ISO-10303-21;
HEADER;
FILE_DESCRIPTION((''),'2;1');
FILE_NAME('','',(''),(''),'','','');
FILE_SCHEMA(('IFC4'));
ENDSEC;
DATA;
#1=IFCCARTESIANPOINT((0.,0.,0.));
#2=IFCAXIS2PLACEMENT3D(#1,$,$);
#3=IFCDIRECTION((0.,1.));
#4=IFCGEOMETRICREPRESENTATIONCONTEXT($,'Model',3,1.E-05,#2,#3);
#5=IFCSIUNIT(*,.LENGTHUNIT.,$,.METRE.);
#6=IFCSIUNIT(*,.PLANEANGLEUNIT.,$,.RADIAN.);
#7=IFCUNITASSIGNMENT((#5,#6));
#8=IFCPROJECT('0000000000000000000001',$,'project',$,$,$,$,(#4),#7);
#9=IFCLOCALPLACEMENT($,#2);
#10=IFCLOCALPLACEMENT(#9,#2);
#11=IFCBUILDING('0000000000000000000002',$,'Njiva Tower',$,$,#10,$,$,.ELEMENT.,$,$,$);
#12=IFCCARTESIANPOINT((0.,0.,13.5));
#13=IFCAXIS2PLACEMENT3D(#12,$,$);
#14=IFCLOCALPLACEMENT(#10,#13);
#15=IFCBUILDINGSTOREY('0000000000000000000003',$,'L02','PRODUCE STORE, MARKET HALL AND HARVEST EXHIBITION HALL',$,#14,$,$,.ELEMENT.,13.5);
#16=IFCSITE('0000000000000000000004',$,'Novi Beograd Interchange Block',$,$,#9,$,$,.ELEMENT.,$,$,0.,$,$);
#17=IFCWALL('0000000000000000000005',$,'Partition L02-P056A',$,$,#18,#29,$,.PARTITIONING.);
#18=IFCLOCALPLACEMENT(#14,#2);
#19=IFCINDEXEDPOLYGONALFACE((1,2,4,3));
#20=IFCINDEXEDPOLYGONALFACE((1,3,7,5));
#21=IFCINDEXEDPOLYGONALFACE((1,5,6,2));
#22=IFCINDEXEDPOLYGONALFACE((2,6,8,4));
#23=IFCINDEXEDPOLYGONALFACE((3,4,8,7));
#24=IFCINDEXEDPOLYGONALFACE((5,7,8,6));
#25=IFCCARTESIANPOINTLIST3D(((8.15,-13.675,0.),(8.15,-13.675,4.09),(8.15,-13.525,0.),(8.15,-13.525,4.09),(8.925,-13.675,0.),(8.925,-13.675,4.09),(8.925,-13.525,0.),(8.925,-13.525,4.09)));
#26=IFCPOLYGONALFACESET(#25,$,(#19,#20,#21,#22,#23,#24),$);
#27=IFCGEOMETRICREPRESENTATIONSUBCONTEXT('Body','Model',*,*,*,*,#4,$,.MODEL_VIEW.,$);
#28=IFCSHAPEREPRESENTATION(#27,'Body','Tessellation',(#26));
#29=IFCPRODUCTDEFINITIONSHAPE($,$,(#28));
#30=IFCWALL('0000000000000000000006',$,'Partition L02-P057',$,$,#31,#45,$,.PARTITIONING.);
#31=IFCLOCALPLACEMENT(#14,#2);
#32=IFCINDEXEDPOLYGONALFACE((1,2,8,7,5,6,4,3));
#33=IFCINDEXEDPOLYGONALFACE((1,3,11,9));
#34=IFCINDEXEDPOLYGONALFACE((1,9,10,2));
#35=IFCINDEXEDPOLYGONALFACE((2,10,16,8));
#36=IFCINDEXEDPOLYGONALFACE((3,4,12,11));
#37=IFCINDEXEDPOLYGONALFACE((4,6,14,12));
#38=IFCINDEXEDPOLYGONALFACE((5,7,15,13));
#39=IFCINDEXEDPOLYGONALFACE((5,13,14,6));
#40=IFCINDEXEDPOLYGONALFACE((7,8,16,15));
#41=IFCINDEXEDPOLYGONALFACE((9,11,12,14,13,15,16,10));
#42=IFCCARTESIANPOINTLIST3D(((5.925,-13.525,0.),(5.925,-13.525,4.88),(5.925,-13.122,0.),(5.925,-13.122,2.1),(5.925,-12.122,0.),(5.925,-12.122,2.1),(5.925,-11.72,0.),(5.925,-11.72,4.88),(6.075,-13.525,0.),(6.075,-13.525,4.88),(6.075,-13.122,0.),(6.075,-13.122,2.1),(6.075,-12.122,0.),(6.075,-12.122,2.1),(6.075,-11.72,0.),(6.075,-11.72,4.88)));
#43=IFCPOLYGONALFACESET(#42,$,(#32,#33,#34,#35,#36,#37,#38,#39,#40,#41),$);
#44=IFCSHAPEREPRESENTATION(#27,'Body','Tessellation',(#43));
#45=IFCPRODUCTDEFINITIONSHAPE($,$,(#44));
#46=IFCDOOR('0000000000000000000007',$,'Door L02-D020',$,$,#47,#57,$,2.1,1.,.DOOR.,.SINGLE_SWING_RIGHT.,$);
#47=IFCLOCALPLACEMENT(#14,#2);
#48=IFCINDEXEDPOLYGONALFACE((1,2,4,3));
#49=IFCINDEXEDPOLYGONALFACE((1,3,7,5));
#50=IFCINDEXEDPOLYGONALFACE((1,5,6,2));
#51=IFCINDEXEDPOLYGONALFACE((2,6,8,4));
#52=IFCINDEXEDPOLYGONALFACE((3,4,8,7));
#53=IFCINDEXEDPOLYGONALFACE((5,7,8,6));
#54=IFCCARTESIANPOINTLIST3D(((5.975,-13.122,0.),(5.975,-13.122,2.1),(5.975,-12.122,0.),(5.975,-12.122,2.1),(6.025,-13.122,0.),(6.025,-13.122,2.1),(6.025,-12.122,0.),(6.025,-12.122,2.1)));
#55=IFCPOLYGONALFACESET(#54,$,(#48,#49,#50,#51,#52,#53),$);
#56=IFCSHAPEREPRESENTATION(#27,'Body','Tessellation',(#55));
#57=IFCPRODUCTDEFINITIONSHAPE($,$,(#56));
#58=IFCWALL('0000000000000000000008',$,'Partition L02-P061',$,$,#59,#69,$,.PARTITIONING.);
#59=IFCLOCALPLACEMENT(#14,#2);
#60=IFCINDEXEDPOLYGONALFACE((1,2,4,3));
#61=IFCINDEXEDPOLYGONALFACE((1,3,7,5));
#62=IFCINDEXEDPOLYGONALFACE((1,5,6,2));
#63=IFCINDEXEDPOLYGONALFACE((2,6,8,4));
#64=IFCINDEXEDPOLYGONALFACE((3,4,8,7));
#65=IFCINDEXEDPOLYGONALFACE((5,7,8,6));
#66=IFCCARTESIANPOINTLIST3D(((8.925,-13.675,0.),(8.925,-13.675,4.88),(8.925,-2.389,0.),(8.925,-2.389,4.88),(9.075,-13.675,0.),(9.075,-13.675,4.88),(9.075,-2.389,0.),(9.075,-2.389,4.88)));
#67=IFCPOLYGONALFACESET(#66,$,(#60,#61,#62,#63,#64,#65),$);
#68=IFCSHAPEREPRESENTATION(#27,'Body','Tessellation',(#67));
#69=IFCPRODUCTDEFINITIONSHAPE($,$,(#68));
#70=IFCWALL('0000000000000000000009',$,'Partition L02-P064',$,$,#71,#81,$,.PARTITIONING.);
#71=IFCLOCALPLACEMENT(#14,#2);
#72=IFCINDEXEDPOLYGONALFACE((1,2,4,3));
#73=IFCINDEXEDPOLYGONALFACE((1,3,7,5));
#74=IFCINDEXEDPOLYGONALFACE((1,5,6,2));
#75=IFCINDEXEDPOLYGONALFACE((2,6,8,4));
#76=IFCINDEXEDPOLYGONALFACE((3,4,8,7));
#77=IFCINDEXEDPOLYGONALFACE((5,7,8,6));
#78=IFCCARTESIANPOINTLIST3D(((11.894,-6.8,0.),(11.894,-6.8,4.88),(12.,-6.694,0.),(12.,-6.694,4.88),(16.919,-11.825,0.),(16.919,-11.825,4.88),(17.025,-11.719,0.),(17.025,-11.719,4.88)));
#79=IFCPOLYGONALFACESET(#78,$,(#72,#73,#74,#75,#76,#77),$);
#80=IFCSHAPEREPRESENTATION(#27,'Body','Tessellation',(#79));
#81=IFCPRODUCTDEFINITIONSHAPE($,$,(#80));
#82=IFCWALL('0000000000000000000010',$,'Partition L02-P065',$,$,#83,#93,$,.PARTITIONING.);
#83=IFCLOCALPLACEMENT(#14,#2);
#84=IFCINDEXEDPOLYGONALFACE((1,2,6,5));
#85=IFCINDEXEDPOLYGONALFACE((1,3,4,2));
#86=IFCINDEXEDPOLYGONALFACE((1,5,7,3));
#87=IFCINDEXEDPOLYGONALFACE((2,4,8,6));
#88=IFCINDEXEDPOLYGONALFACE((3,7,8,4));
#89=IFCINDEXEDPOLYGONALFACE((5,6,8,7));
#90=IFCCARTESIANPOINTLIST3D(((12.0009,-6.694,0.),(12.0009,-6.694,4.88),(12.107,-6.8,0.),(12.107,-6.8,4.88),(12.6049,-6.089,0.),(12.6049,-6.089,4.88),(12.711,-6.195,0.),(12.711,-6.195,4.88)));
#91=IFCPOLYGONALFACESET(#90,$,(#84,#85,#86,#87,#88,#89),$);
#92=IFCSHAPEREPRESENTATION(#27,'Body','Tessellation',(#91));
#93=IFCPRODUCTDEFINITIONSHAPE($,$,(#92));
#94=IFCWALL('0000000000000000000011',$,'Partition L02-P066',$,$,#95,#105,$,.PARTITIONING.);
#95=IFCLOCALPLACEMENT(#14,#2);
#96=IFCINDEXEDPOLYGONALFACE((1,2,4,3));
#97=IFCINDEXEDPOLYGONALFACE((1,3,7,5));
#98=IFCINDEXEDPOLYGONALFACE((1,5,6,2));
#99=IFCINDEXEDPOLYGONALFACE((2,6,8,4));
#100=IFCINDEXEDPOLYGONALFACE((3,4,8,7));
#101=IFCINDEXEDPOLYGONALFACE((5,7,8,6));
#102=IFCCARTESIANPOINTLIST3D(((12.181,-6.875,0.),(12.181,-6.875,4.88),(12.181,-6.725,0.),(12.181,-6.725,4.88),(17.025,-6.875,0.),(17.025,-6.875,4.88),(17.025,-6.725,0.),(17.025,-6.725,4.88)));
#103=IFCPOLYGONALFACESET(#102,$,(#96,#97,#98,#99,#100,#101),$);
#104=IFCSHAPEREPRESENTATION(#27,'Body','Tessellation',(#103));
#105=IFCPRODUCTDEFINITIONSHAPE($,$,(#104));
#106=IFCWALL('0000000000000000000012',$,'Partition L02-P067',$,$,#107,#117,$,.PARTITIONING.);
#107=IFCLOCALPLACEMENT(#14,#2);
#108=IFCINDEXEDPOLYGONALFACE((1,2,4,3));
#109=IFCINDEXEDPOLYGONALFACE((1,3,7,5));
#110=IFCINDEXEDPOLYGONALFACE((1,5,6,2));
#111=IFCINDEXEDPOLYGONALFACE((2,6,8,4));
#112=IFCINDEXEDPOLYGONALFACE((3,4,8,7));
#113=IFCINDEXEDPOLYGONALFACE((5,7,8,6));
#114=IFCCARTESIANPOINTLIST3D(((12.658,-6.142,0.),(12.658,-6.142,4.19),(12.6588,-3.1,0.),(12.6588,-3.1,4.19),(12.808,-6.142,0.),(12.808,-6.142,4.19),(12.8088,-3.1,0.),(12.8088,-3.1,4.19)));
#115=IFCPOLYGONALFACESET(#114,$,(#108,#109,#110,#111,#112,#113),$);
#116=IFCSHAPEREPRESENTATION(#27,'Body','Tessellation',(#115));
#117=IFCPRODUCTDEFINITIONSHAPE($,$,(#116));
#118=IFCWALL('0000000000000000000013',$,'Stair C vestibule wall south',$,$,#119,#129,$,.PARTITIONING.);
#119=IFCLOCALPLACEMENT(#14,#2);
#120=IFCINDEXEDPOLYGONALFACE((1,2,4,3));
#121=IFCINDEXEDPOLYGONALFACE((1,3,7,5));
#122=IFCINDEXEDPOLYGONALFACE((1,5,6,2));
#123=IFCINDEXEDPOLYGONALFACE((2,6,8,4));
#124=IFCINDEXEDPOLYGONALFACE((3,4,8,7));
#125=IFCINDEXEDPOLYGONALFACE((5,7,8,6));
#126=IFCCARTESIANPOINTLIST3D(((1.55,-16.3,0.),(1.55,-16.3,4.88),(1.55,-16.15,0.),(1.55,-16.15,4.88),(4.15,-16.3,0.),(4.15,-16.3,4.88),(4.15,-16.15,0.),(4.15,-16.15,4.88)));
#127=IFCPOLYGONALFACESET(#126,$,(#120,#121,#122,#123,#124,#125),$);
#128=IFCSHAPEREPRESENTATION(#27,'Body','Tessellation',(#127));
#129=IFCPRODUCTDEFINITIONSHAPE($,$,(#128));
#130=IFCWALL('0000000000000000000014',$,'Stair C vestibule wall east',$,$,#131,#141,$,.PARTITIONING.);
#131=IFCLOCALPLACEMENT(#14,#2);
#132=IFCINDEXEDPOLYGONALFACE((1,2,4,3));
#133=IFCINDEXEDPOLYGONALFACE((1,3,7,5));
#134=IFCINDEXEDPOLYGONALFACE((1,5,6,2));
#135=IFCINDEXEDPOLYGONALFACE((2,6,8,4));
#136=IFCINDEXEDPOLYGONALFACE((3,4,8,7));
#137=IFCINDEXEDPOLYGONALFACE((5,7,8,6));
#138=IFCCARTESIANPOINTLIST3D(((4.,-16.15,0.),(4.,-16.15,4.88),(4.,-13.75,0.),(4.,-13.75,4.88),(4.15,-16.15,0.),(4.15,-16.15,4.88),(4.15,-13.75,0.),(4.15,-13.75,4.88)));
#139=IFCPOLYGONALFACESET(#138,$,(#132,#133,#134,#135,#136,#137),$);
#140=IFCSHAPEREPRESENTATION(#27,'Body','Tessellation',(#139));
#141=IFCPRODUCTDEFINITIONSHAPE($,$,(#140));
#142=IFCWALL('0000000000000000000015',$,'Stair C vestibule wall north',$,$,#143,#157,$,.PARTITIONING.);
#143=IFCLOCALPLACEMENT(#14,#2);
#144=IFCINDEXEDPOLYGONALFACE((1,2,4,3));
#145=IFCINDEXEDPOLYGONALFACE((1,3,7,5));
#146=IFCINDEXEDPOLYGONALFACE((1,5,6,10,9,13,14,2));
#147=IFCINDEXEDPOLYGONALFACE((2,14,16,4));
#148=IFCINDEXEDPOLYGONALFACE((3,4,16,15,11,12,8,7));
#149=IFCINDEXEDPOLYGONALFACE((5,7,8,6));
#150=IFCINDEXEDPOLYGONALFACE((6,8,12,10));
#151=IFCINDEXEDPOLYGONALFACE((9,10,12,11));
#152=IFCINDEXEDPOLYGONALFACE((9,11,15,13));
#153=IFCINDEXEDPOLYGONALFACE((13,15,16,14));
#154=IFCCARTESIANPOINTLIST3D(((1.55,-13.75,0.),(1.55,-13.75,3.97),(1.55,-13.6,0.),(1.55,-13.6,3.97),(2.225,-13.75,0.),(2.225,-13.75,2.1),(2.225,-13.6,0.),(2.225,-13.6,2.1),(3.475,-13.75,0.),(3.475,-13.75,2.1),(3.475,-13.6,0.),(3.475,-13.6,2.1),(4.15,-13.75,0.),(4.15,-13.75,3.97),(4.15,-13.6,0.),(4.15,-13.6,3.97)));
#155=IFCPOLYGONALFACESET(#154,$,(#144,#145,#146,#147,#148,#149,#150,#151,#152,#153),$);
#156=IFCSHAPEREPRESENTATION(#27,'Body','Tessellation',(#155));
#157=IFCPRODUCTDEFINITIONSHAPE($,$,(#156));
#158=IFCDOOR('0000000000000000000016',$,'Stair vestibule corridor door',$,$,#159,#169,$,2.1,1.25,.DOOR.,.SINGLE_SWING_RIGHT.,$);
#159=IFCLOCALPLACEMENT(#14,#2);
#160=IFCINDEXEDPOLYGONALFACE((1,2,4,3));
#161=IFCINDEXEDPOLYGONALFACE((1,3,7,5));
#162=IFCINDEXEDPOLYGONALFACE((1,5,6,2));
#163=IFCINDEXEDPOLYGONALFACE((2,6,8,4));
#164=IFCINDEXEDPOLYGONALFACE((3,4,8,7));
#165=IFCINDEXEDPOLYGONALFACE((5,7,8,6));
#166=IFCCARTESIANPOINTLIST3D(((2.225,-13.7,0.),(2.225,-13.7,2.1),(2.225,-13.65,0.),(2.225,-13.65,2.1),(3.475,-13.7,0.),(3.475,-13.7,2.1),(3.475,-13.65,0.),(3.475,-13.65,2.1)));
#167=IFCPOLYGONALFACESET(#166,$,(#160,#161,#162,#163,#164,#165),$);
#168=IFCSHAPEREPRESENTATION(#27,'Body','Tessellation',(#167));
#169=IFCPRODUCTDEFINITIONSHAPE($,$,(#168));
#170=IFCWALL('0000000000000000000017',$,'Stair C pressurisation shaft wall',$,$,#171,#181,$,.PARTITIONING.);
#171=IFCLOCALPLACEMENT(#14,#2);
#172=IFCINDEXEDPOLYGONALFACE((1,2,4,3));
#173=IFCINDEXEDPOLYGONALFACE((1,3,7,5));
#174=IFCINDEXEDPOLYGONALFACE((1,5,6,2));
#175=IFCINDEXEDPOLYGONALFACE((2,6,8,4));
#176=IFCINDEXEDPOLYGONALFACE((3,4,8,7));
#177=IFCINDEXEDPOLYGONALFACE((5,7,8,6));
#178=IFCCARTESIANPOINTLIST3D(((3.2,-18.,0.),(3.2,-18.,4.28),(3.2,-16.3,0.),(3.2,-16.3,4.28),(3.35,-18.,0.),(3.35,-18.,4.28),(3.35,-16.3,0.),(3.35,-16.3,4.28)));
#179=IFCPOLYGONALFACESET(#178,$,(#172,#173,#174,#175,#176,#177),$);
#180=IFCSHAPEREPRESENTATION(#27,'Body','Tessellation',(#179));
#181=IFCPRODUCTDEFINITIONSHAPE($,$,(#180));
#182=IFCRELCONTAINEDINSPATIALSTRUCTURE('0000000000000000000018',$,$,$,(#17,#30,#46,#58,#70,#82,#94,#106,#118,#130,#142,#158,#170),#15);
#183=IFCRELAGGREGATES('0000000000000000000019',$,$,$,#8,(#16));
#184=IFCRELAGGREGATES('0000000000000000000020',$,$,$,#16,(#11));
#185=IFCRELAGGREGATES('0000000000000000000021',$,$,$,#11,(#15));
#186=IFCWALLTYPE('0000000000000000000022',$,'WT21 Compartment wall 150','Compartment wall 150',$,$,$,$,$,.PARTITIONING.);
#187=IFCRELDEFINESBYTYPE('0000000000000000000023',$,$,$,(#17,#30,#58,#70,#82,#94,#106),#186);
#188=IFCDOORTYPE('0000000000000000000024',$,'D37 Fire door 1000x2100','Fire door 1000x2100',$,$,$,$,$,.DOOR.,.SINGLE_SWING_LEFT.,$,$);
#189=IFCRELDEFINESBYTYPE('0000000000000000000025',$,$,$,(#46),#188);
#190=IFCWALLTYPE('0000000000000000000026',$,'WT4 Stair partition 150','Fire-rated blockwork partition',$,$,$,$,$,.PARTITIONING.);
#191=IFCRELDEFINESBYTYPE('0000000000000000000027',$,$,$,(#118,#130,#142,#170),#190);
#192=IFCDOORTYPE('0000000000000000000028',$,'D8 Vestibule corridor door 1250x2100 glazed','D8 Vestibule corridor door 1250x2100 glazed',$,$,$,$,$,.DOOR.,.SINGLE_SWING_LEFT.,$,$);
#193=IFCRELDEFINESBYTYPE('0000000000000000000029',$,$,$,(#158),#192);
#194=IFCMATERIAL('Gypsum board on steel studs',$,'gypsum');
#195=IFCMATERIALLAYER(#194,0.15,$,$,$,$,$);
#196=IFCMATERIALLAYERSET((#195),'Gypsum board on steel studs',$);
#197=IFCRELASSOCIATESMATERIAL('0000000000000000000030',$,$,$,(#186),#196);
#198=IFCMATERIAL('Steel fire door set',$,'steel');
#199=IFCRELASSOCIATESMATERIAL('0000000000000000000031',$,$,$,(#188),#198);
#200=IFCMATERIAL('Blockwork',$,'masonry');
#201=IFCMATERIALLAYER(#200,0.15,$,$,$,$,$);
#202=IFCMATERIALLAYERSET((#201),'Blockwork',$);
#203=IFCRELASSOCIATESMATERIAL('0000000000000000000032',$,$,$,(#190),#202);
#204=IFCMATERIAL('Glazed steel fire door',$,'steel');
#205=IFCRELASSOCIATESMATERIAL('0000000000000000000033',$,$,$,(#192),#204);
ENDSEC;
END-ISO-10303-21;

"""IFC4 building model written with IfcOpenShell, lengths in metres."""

from ifc_helpers import new_model, si_unit, direction, frame, frame_2d, origin, place, context, subcontext, project, spatial, rectangle, extrude, material, layer, layer_set, type_object, element, fill, save


model = new_model("IFC4")

# Units and contexts
model_context = context("Model", 3, precision=1e-05, world=origin(), true_north=direction((0.0, 1.0)))
body_context = subcontext(model_context, "Body", "Model", "MODEL_VIEW")
ifc_project = project(units=[si_unit("LENGTHUNIT", "METRE"), si_unit("PLANEANGLEUNIT", "RADIAN")], contexts=[model_context])

# Site, building, storey
site_placement = place(None, origin())
site = spatial("IfcSite", under=ifc_project, at=site_placement, Name="Novi Beograd Interchange Block", CompositionType="ELEMENT", RefElevation=0.0)
building_placement = place(site_placement, origin())
building = spatial("IfcBuilding", under=site, at=building_placement, Name="Njiva Tower", CompositionType="ELEMENT")
storey_placement = place(building_placement, frame((0.0, 0.0, 13.5)))
storey = spatial("IfcBuildingStorey", under=building, at=storey_placement, Name="L02", Description="PRODUCE STORE, MARKET HALL AND HARVEST EXHIBITION HALL", CompositionType="ELEMENT", Elevation=13.5)

# Wall
ifc_material_1 = material(Name="Gypsum board on steel studs", Category="gypsum")
ifc_layer_1 = layer(ifc_material_1, 0.15)
ifc_layer_set_1 = layer_set([ifc_layer_1], Name="Gypsum board on steel studs")
wall_type_1 = type_object("IfcWallType", Name="WT21 Compartment wall 150", Description="Compartment wall 150", PredefinedType="PARTITIONING", material=ifc_layer_set_1)
wall_1_placement = place(storey_placement, frame((8.15, -13.6, 0.0), z_axis=(0.0, 0.0, 1.0), x_axis=(1.0, 0.0, 0.0)))
element("IfcWall", 1, at=wall_1_placement, inside=storey, type_object=wall_type_1, Name="Partition L02-P056A", PredefinedType="PARTITIONING", context=body_context, shape_type="SweptSolid", body=[
    extrude(rectangle(XDim=0.775, YDim=0.15, at=frame_2d((0.3875, 0.0))), origin(), (0.0, 0.0, 1.0), 4.09),
])

# Wall, opening, door
wall_2_placement = place(storey_placement, frame((6.0, -13.525, 0.0), z_axis=(0.0, 0.0, 1.0), x_axis=(0.0, 1.0, 0.0)))
wall_2 = element("IfcWall", 2, at=wall_2_placement, inside=storey, type_object=wall_type_1, Name="Partition L02-P057", PredefinedType="PARTITIONING", context=body_context, shape_type="SweptSolid", body=[
    extrude(rectangle(XDim=1.805, YDim=0.15, at=frame_2d((0.9025, 0.0))), origin(), (0.0, 0.0, 1.0), 4.88),
])
opening_1_placement = place(wall_2_placement, frame((0.403, 0.0, 0.0)))
opening_1 = element("IfcOpeningElement", 3, at=opening_1_placement, cuts=wall_2, PredefinedType="OPENING", context=body_context, shape_type="SweptSolid", body=[
    extrude(rectangle(XDim=1.0, YDim=2.1, at=frame_2d((0.5, 1.05))), frame((0.0, 0.085, 0.0), z_axis=(0.0, -1.0, 0.0), x_axis=(1.0, 0.0, 0.0)), (0.0, 0.0, 1.0), 0.17),
])
ifc_material_2 = material(Name="Steel fire door set", Category="steel")
door_type_1 = type_object("IfcDoorType", Name="D37 Fire door 1000x2100", Description="Fire door 1000x2100", OperationType="SINGLE_SWING_LEFT", PredefinedType="DOOR", material=ifc_material_2)
door_1_placement = place(opening_1_placement, origin())
door_1 = element("IfcDoor", 4, at=door_1_placement, inside=storey, type_object=door_type_1, Name="Door L02-D020", OperationType="SINGLE_SWING_RIGHT", OverallHeight=2.1, OverallWidth=1.0, PredefinedType="DOOR", context=body_context, shape_type="SweptSolid", body=[
    extrude(rectangle(XDim=1.0, YDim=2.1, at=frame_2d((0.5, 1.05))), frame((0.0, 0.025, 0.0), z_axis=(0.0, -1.0, 0.0), x_axis=(1.0, 0.0, 0.0)), (0.0, 0.0, 1.0), 0.05),
])
fill(opening_1, door_1)

# Walls
wall_3_placement = place(storey_placement, frame((9.0, -13.675, 0.0), z_axis=(0.0, 0.0, 1.0), x_axis=(0.0, 1.0, 0.0)))
element("IfcWall", 5, at=wall_3_placement, inside=storey, type_object=wall_type_1, Name="Partition L02-P061", PredefinedType="PARTITIONING", context=body_context, shape_type="SweptSolid", body=[
    extrude(rectangle(XDim=11.286, YDim=0.15, at=frame_2d((5.643, 0.0))), origin(), (0.0, 0.0, 1.0), 4.88),
])
wall_4_placement = place(storey_placement, frame((11.947, -6.747, 0.0), z_axis=(0.0, 0.0, 1.0), x_axis=(0.707107, -0.707107, 0.0)))
element("IfcWall", 6, at=wall_4_placement, inside=storey, type_object=wall_type_1, Name="Partition L02-P064", PredefinedType="PARTITIONING", context=body_context, shape_type="SweptSolid", body=[
    extrude(rectangle(XDim=7.1064, YDim=0.15, at=frame_2d((3.5532, 0.0))), origin(), (0.0, 0.0, 1.0), 4.88),
])
wall_5_placement = place(storey_placement, frame((12.054, -6.747, 0.0), z_axis=(0.0, 0.0, 1.0), x_axis=(0.706522, 0.707691, 0.0)))
element("IfcWall", 7, at=wall_5_placement, inside=storey, type_object=wall_type_1, Name="Partition L02-P065", PredefinedType="PARTITIONING", context=body_context, shape_type="SweptSolid", body=[
    extrude(rectangle(XDim=0.8549, YDim=0.15, at=frame_2d((0.4274, 0.0))), origin(), (0.0, 0.0, 1.0), 4.88),
])
wall_6_placement = place(storey_placement, frame((12.181, -6.8, 0.0), z_axis=(0.0, 0.0, 1.0), x_axis=(1.0, 0.0, 0.0)))
element("IfcWall", 8, at=wall_6_placement, inside=storey, type_object=wall_type_1, Name="Partition L02-P066", PredefinedType="PARTITIONING", context=body_context, shape_type="SweptSolid", body=[
    extrude(rectangle(XDim=4.844, YDim=0.15, at=frame_2d((2.422, 0.0))), origin(), (0.0, 0.0, 1.0), 4.88),
])
wall_7_placement = place(storey_placement, frame((12.733, -6.142, 0.0), z_axis=(0.0, 0.0, 1.0), x_axis=(0.000263, 1.0, 0.0)))
element("IfcWall", 9, at=wall_7_placement, inside=storey, type_object=wall_type_1, Name="Partition L02-P067", PredefinedType="PARTITIONING", context=body_context, shape_type="SweptSolid", body=[
    extrude(rectangle(XDim=3.042, YDim=0.15, at=frame_2d((1.521, 0.0))), origin(), (0.0, 0.0, 1.0), 4.19),
])
ifc_material_3 = material(Name="Blockwork", Category="masonry")
ifc_layer_2 = layer(ifc_material_3, 0.15)
ifc_layer_set_2 = layer_set([ifc_layer_2], Name="Blockwork")
wall_type_2 = type_object("IfcWallType", Name="WT4 Stair partition 150", Description="Fire-rated blockwork partition", PredefinedType="PARTITIONING", material=ifc_layer_set_2)
wall_8_placement = place(storey_placement, frame((1.55, -16.225, 0.0), z_axis=(0.0, 0.0, 1.0), x_axis=(1.0, 0.0, 0.0)))
element("IfcWall", 10, at=wall_8_placement, inside=storey, type_object=wall_type_2, Name="Stair C vestibule wall south", PredefinedType="PARTITIONING", context=body_context, shape_type="SweptSolid", body=[
    extrude(rectangle(XDim=2.6, YDim=0.15, at=frame_2d((1.3, 0.0))), origin(), (0.0, 0.0, 1.0), 4.88),
])
wall_9_placement = place(storey_placement, frame((4.075, -16.15, 0.0), z_axis=(0.0, 0.0, 1.0), x_axis=(0.0, 1.0, 0.0)))
element("IfcWall", 11, at=wall_9_placement, inside=storey, type_object=wall_type_2, Name="Stair C vestibule wall east", PredefinedType="PARTITIONING", context=body_context, shape_type="SweptSolid", body=[
    extrude(rectangle(XDim=2.4, YDim=0.15, at=frame_2d((1.2, 0.0))), origin(), (0.0, 0.0, 1.0), 4.88),
])

# Wall, opening, door
wall_10_placement = place(storey_placement, frame((1.55, -13.675, 0.0), z_axis=(0.0, 0.0, 1.0), x_axis=(1.0, 0.0, 0.0)))
wall_10 = element("IfcWall", 12, at=wall_10_placement, inside=storey, type_object=wall_type_2, Name="Stair C vestibule wall north", PredefinedType="PARTITIONING", context=body_context, shape_type="SweptSolid", body=[
    extrude(rectangle(XDim=2.6, YDim=0.15, at=frame_2d((1.3, 0.0))), origin(), (0.0, 0.0, 1.0), 3.97),
])
opening_2_placement = place(wall_10_placement, frame((0.675, 0.0, 0.0)))
opening_2 = element("IfcOpeningElement", 13, at=opening_2_placement, cuts=wall_10, PredefinedType="OPENING", context=body_context, shape_type="SweptSolid", body=[
    extrude(rectangle(XDim=1.25, YDim=2.1, at=frame_2d((0.625, 1.05))), frame((0.0, 0.085, 0.0), z_axis=(0.0, -1.0, 0.0), x_axis=(1.0, 0.0, 0.0)), (0.0, 0.0, 1.0), 0.17),
])
ifc_material_4 = material(Name="Glazed steel fire door", Category="steel")
door_type_2 = type_object("IfcDoorType", Name="D8 Vestibule corridor door 1250x2100 glazed", Description="D8 Vestibule corridor door 1250x2100 glazed", OperationType="SINGLE_SWING_LEFT", PredefinedType="DOOR", material=ifc_material_4)
door_2_placement = place(opening_2_placement, origin())
door_2 = element("IfcDoor", 14, at=door_2_placement, inside=storey, type_object=door_type_2, Name="Stair vestibule corridor door", OperationType="SINGLE_SWING_RIGHT", OverallHeight=2.1, OverallWidth=1.25, PredefinedType="DOOR", context=body_context, shape_type="SweptSolid", body=[
    extrude(rectangle(XDim=1.25, YDim=2.1, at=frame_2d((0.625, 1.05))), frame((0.0, 0.025, 0.0), z_axis=(0.0, -1.0, 0.0), x_axis=(1.0, 0.0, 0.0)), (0.0, 0.0, 1.0), 0.05),
])
fill(opening_2, door_2)

# Wall
wall_11_placement = place(storey_placement, frame((3.275, -18.0, 0.0), z_axis=(0.0, 0.0, 1.0), x_axis=(0.0, 1.0, 0.0)))
element("IfcWall", 15, at=wall_11_placement, inside=storey, type_object=wall_type_2, Name="Stair C pressurisation shaft wall", PredefinedType="PARTITIONING", context=body_context, shape_type="SweptSolid", body=[
    extrude(rectangle(XDim=1.7, YDim=0.15, at=frame_2d((0.85, 0.0))), origin(), (0.0, 0.0, 1.0), 4.28),
])

save(model, "model.ifc")
